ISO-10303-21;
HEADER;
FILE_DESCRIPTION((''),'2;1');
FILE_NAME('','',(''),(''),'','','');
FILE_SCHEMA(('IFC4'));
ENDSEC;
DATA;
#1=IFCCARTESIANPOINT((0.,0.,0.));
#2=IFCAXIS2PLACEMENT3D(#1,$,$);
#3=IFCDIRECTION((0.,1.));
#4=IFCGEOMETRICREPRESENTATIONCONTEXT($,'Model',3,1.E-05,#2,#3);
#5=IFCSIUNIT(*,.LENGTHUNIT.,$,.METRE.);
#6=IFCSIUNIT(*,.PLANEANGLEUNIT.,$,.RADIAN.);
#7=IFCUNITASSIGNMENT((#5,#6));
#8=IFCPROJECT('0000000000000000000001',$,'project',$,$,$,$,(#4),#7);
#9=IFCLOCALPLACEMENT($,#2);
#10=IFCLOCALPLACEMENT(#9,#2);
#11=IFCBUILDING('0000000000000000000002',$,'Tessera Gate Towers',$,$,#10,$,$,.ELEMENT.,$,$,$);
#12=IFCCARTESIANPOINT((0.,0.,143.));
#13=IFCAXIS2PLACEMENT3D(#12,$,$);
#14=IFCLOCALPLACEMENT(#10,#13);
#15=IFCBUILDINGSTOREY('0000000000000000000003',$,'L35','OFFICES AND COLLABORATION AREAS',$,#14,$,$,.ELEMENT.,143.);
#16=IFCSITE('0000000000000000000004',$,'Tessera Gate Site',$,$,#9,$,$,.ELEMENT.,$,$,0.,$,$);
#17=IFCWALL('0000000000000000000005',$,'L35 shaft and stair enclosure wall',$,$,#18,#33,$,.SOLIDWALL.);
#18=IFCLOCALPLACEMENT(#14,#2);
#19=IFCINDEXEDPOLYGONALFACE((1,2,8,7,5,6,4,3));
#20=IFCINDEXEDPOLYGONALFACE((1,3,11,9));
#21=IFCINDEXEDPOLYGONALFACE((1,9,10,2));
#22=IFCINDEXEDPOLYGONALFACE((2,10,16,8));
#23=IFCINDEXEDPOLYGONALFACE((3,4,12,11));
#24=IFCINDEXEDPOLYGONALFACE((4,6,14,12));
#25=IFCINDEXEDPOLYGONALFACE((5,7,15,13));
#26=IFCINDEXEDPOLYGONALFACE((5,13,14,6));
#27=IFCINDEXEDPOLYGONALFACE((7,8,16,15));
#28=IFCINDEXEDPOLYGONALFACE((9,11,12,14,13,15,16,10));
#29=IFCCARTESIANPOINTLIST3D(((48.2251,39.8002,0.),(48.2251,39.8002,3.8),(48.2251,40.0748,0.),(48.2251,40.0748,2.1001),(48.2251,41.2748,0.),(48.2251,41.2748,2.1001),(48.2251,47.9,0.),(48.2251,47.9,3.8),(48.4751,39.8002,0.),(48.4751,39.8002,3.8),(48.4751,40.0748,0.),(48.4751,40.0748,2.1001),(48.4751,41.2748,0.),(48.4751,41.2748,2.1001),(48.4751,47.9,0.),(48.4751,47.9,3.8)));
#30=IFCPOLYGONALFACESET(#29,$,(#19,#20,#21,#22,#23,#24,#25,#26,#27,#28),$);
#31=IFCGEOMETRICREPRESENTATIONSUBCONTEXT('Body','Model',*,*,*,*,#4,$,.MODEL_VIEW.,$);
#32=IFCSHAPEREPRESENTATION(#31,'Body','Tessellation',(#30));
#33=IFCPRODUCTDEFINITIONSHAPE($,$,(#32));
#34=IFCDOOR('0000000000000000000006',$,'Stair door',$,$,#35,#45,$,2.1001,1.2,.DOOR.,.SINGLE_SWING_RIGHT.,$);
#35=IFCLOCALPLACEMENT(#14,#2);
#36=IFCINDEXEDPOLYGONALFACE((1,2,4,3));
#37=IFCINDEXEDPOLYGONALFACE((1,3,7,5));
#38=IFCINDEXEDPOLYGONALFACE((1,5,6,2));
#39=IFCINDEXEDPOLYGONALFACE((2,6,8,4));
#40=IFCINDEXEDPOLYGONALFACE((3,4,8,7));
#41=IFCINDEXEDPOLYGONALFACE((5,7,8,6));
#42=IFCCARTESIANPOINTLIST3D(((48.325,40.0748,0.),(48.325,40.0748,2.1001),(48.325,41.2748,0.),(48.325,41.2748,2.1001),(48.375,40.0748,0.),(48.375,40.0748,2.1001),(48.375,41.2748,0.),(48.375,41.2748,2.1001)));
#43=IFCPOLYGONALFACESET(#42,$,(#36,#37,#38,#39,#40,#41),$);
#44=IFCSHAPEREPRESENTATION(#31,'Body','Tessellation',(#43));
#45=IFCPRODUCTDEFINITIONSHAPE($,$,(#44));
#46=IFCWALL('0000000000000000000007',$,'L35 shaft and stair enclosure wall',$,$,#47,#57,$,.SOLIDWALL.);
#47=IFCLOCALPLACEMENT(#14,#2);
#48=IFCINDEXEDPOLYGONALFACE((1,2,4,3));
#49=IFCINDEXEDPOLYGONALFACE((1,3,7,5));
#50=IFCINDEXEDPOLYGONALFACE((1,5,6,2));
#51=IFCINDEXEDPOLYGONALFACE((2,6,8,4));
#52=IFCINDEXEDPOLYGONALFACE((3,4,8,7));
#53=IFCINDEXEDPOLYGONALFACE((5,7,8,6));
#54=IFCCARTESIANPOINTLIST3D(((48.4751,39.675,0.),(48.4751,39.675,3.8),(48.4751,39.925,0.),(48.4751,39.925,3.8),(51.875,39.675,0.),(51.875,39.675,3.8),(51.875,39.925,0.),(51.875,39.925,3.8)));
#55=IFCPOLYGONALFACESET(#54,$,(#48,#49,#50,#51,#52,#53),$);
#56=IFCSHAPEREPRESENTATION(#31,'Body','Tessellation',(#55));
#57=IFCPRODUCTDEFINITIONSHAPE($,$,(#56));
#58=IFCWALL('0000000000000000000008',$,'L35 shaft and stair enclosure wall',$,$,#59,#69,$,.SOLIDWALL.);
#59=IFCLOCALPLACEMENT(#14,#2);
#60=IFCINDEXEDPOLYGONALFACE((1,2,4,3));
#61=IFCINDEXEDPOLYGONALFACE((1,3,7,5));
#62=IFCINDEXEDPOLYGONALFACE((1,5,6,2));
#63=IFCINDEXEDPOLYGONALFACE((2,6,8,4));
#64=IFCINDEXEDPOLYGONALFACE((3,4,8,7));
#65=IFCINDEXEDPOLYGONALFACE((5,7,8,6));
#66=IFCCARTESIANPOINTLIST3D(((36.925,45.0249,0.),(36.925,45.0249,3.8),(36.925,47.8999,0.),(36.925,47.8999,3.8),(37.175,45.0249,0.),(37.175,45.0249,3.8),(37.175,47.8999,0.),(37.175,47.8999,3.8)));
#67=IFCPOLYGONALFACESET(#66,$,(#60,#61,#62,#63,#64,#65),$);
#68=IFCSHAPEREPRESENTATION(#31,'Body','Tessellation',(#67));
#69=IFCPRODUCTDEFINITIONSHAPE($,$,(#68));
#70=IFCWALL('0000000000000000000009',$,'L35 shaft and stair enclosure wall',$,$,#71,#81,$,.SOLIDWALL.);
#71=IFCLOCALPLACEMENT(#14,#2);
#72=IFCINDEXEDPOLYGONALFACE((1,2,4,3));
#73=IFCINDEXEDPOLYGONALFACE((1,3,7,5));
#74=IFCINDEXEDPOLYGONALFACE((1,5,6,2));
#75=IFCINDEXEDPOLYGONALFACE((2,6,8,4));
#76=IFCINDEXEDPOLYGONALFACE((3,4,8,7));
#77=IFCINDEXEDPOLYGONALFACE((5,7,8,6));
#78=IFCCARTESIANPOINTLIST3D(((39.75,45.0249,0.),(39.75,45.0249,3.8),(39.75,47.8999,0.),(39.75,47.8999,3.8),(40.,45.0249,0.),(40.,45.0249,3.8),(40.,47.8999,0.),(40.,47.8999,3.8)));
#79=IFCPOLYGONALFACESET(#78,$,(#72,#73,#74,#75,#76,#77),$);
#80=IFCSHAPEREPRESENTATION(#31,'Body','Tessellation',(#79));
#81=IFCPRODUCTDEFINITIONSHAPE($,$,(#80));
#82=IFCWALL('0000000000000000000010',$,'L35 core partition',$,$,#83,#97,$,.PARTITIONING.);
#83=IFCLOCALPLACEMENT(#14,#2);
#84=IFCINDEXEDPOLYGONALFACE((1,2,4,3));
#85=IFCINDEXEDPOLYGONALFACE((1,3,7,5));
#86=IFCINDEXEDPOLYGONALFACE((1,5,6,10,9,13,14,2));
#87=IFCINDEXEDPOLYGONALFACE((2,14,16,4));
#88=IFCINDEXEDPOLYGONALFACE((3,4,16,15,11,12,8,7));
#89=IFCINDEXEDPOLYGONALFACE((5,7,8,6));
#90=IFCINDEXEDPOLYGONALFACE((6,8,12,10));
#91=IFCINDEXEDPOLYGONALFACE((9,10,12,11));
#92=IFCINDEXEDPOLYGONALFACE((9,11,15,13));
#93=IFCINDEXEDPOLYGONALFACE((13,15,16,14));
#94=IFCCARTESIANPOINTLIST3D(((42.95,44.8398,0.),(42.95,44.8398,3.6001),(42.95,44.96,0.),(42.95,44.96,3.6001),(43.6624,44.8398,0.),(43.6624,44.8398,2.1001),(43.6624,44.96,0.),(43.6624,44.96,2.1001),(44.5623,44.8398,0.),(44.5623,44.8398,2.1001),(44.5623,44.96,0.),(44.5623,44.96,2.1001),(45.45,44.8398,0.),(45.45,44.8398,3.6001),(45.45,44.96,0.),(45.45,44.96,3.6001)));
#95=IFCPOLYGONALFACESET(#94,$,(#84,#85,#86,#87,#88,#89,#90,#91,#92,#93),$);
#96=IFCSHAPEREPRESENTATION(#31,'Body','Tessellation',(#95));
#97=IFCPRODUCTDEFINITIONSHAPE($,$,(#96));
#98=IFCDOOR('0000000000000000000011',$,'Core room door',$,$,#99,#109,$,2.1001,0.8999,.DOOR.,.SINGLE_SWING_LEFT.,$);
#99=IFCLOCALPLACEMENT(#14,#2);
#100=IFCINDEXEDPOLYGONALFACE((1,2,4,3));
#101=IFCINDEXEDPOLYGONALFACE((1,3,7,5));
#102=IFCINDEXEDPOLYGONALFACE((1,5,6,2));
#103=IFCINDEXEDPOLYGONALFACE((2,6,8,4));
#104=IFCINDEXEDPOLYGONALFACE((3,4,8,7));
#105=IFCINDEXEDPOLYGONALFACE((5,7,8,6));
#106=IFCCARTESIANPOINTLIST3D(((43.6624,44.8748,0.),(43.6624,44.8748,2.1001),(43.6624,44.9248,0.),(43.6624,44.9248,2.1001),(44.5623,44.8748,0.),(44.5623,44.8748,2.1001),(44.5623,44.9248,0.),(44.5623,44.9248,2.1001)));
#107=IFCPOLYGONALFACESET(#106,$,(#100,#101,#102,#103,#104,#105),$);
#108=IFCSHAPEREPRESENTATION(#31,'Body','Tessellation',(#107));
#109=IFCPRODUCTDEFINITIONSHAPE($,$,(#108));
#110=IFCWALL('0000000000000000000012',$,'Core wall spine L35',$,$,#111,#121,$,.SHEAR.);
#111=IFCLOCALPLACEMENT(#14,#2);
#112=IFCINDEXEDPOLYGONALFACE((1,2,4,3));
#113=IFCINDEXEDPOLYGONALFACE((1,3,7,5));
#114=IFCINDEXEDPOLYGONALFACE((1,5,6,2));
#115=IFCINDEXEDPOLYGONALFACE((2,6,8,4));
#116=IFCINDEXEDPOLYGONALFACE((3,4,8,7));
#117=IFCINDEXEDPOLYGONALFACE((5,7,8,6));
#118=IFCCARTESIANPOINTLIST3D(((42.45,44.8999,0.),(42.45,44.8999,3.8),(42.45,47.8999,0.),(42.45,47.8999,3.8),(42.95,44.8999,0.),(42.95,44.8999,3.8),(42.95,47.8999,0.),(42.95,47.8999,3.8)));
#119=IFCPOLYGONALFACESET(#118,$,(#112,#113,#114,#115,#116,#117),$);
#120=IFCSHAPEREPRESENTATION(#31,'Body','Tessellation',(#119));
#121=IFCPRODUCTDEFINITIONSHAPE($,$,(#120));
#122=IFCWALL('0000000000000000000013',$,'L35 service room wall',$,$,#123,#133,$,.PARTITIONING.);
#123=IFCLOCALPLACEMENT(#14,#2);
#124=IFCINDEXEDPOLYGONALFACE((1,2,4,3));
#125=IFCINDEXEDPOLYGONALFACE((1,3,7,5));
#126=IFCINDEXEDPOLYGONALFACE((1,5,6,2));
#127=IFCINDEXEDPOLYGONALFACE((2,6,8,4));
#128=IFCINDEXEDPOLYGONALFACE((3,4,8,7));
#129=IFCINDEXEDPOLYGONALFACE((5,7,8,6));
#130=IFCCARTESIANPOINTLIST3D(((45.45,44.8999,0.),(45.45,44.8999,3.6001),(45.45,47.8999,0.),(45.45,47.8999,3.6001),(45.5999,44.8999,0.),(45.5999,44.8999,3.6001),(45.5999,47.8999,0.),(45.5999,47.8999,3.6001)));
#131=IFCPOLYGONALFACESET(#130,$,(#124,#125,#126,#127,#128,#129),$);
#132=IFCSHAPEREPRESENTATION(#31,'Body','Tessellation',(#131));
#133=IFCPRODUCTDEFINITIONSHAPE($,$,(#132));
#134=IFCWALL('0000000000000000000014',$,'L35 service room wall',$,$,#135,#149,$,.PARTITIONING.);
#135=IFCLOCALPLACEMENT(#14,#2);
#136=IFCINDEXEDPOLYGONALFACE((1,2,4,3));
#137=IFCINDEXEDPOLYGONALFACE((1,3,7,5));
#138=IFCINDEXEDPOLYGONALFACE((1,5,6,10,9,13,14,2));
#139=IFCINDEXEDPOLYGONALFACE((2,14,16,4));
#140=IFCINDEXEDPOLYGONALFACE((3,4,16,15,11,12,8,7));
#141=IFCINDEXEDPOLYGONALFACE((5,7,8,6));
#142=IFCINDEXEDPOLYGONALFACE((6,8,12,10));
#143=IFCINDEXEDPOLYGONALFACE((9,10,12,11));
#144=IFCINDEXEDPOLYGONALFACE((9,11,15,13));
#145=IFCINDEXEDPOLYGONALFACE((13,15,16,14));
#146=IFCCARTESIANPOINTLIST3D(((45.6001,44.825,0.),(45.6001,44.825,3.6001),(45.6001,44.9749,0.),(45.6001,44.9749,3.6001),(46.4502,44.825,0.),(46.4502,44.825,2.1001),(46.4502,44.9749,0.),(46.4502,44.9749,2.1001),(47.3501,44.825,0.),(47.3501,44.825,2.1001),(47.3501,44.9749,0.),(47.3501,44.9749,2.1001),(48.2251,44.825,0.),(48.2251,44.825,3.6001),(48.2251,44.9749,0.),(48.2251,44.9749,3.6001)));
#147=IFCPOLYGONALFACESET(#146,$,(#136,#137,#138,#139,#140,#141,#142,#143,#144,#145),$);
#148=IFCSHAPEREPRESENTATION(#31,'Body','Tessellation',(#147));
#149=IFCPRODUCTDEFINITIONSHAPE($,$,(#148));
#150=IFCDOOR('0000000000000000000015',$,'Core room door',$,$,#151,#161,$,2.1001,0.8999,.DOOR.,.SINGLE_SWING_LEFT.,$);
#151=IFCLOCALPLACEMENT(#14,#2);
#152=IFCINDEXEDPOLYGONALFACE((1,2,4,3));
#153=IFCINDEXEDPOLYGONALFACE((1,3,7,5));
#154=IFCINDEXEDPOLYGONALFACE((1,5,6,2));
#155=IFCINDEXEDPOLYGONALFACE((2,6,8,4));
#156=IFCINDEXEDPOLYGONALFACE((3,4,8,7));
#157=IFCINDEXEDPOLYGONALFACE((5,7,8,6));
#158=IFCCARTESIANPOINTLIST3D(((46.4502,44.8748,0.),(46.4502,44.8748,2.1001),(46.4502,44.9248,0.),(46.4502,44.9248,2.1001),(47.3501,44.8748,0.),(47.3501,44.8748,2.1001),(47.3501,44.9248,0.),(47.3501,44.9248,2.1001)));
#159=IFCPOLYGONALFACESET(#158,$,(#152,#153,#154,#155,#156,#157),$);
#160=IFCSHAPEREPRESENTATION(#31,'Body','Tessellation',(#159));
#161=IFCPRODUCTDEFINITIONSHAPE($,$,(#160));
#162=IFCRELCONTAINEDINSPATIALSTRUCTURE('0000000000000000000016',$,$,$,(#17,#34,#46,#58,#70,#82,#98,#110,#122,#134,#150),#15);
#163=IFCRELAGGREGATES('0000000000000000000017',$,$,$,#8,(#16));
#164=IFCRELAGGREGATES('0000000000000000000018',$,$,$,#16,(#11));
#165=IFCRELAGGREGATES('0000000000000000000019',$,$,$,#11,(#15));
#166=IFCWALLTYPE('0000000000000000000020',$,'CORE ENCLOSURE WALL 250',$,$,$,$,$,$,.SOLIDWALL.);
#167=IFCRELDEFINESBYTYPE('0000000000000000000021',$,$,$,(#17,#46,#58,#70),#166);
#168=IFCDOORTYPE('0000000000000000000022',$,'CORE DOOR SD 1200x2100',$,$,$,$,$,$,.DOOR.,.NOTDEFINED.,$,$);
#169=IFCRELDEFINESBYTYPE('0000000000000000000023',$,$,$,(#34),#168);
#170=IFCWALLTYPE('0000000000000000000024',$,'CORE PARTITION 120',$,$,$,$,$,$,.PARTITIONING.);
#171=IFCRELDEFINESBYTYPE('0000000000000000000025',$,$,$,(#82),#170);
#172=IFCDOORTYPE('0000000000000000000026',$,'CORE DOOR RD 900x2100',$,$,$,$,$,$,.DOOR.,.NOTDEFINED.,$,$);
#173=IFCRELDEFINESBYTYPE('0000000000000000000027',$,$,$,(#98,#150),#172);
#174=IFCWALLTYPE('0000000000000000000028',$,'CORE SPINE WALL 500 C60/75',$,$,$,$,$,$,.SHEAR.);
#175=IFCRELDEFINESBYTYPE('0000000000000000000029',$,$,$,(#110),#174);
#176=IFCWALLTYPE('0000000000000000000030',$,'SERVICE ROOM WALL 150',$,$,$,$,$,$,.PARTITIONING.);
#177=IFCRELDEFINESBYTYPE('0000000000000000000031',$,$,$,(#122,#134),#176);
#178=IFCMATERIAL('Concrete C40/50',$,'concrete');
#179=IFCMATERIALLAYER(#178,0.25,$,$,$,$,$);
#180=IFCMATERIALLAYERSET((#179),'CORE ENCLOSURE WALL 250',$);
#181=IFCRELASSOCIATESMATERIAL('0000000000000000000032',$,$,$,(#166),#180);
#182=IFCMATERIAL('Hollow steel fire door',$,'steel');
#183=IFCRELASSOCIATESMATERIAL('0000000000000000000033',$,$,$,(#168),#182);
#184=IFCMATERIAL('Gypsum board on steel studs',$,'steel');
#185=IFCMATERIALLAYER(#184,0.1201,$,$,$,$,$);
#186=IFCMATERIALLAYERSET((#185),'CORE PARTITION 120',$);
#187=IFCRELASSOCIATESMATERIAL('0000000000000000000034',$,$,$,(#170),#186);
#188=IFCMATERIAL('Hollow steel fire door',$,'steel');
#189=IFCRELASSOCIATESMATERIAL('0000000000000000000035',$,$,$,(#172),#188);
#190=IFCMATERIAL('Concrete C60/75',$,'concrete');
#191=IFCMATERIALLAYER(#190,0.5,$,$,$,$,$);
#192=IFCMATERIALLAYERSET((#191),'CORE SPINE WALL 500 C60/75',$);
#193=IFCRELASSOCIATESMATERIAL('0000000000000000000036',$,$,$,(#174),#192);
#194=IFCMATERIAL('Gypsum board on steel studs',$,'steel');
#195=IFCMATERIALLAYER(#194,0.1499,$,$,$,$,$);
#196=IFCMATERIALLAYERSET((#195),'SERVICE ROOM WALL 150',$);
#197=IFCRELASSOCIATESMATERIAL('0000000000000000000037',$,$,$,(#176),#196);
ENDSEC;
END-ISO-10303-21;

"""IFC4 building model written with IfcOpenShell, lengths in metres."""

from ifc_helpers import new_model, si_unit, direction, frame, frame_2d, origin, place, context, subcontext, project, spatial, rectangle, extrude, source, transform, mapped, material, layer, layer_set, type_object, element, fill, save


model = new_model("IFC4")

# Units and contexts
model_context = context("Model", 3, precision=1e-05, world=origin(), true_north=direction((0.0, 1.0)))
body_context = subcontext(model_context, "Body", "Model", "MODEL_VIEW")
ifc_project = project(units=[si_unit("LENGTHUNIT", "METRE"), si_unit("PLANEANGLEUNIT", "RADIAN")], contexts=[model_context])

# Site, building, storey
site_placement = place(None, origin())
site = spatial("IfcSite", under=ifc_project, at=site_placement, Name="Tessera Gate Site", CompositionType="ELEMENT", RefElevation=0.0)
building_placement = place(site_placement, origin())
building = spatial("IfcBuilding", under=site, at=building_placement, Name="Tessera Gate Towers", CompositionType="ELEMENT")
storey_placement = place(building_placement, frame((0.0, 0.0, 143.0)))
storey = spatial("IfcBuildingStorey", under=building, at=storey_placement, Name="L35", Description="OFFICES AND COLLABORATION AREAS", CompositionType="ELEMENT", Elevation=143.0)

# Shared definitions
ifc_material_1 = material(Name="Concrete C40/50", Category="concrete")
ifc_layer_1 = layer(ifc_material_1, 0.25)
ifc_layer_set_1 = layer_set([ifc_layer_1], Name="CORE ENCLOSURE WALL 250")
wall_type_1 = type_object("IfcWallType", Name="CORE ENCLOSURE WALL 250", PredefinedType="SOLIDWALL", material=ifc_layer_set_1)

# Wall, opening, door
wall_1_placement = place(storey_placement, frame((48.3501, 47.8999, 0.0), z_axis=(0.0, 0.0, 1.0), x_axis=(0.0, -1.0, 0.0)))
wall_1 = element("IfcWall", 1, at=wall_1_placement, inside=storey, type_object=wall_type_1, Name="L35 shaft and stair enclosure wall", PredefinedType="SOLIDWALL", context=body_context, shape_type="SweptSolid", body=[
    extrude(rectangle(XDim=8.0999, YDim=0.25, at=frame_2d((4.0498, 0.0))), origin(), (0.0, 0.0, 1.0), 3.8),
])
shared_shape_1 = source(origin(), body_context, "Body", "SweptSolid", [
    extrude(rectangle(XDim=1.2, YDim=2.1001, at=frame_2d((0.6001, 1.05))), frame((0.0, 0.135, 0.0), z_axis=(0.0, -1.0, 0.0), x_axis=(1.0, 0.0, 0.0)), (0.0, 0.0, 1.0), 0.27),
])
opening_1_placement = place(wall_1_placement, frame((6.625, 0.0, 0.0)))
opening_1 = element("IfcOpeningElement", 2, at=opening_1_placement, cuts=wall_1, PredefinedType="OPENING", context=body_context, shape_type="MappedRepresentation", body=[
    mapped(shared_shape_1, transform((0.0, 0.0, 0.0), scale=1.0)),
])
ifc_material_2 = material(Name="Hollow steel fire door", Category="steel")
door_type_1 = type_object("IfcDoorType", Name="CORE DOOR SD 1200x2100", OperationType="NOTDEFINED", PredefinedType="DOOR", material=ifc_material_2)
shared_shape_2 = source(origin(), body_context, "Body", "SweptSolid", [
    extrude(rectangle(XDim=1.2, YDim=2.1001, at=frame_2d((0.6001, 1.05))), frame((0.0, 0.0249, 0.0), z_axis=(0.0, -1.0, 0.0), x_axis=(1.0, 0.0, 0.0)), (0.0, 0.0, 1.0), 0.05),
])
door_1_placement = place(opening_1_placement, origin())
door_1 = element("IfcDoor", 3, at=door_1_placement, inside=storey, type_object=door_type_1, Name="Stair door", OperationType="SINGLE_SWING_RIGHT", OverallHeight=2.1001, OverallWidth=1.2, PredefinedType="DOOR", context=body_context, shape_type="MappedRepresentation", body=[
    mapped(shared_shape_2, transform((0.0, 0.0, 0.0), scale=1.0)),
])
fill(opening_1, door_1)

# Walls
wall_2_placement = place(storey_placement, frame((48.4751, 39.8, 0.0), z_axis=(0.0, 0.0, 1.0), x_axis=(1.0, 0.0, 0.0)))
element("IfcWall", 4, at=wall_2_placement, inside=storey, type_object=wall_type_1, Name="L35 shaft and stair enclosure wall", PredefinedType="SOLIDWALL", context=body_context, shape_type="SweptSolid", body=[
    extrude(rectangle(XDim=3.3999, YDim=0.25, at=frame_2d((1.7, 0.0))), origin(), (0.0, 0.0, 1.0), 3.8),
])
for number, where, z_axis, x_axis, name in (
    (5, (37.05, 45.0249, 0.0), (0.0, 0.0, 1.0), (0.0, 1.0, 0.0), "L35 shaft and stair enclosure wall"),
    (6, (39.875, 45.0249, 0.0), (0.0, 0.0, 1.0), (0.0, 1.0, 0.0), "L35 shaft and stair enclosure wall"),
):
    element("IfcWall", number, at=place(storey_placement, frame(where, z_axis=z_axis, x_axis=x_axis)), inside=storey, type_object=wall_type_1, Name=name, PredefinedType="SOLIDWALL", context=body_context, shape_type="SweptSolid", body=[
        extrude(rectangle(XDim=2.875, YDim=0.25, at=frame_2d((1.4375, 0.0))), origin(), (0.0, 0.0, 1.0), 3.8),
    ])

# Wall, opening, door
ifc_material_3 = material(Name="Gypsum board on steel studs", Category="steel")
ifc_layer_2 = layer(ifc_material_3, 0.1201)
ifc_layer_set_2 = layer_set([ifc_layer_2], Name="CORE PARTITION 120")
wall_type_2 = type_object("IfcWallType", Name="CORE PARTITION 120", PredefinedType="PARTITIONING", material=ifc_layer_set_2)
wall_3_placement = place(storey_placement, frame((42.95, 44.8999, 0.0), z_axis=(0.0, 0.0, 1.0), x_axis=(1.0, 0.0, 0.0)))
wall_3 = element("IfcWall", 7, at=wall_3_placement, inside=storey, type_object=wall_type_2, Name="L35 core partition", PredefinedType="PARTITIONING", context=body_context, shape_type="SweptSolid", body=[
    extrude(rectangle(XDim=2.5, YDim=0.1201, at=frame_2d((1.25, 0.0))), origin(), (0.0, 0.0, 1.0), 3.6001),
])
shared_shape_3 = source(origin(), body_context, "Body", "SweptSolid", [
    extrude(rectangle(XDim=0.8999, YDim=2.1001, at=frame_2d((0.45, 1.05))), frame((0.0, 0.0701, 0.0), z_axis=(0.0, -1.0, 0.0), x_axis=(1.0, 0.0, 0.0)), (0.0, 0.0, 1.0), 0.1401),
])
opening_2_placement = place(wall_3_placement, frame((0.7124, 0.0, 0.0)))
opening_2 = element("IfcOpeningElement", 8, at=opening_2_placement, cuts=wall_3, PredefinedType="OPENING", context=body_context, shape_type="MappedRepresentation", body=[
    mapped(shared_shape_3, transform((0.0, 0.0, 0.0), scale=1.0)),
])
ifc_material_4 = material(Name="Hollow steel fire door", Category="steel")
door_type_2 = type_object("IfcDoorType", Name="CORE DOOR RD 900x2100", OperationType="NOTDEFINED", PredefinedType="DOOR", material=ifc_material_4)
shared_shape_4 = source(origin(), body_context, "Body", "SweptSolid", [
    extrude(rectangle(XDim=0.8999, YDim=2.1001, at=frame_2d((0.45, 1.05))), frame((0.0, 0.0249, 0.0), z_axis=(0.0, -1.0, 0.0), x_axis=(1.0, 0.0, 0.0)), (0.0, 0.0, 1.0), 0.05),
])
door_2_placement = place(opening_2_placement, origin())
door_2 = element("IfcDoor", 9, at=door_2_placement, inside=storey, type_object=door_type_2, Name="Core room door", OperationType="SINGLE_SWING_LEFT", OverallHeight=2.1001, OverallWidth=0.8999, PredefinedType="DOOR", context=body_context, shape_type="MappedRepresentation", body=[
    mapped(shared_shape_4, transform((0.0, 0.0, 0.0), scale=1.0)),
])
fill(opening_2, door_2)

# Walls
ifc_material_5 = material(Name="Concrete C60/75", Category="concrete")
ifc_layer_3 = layer(ifc_material_5, 0.5)
ifc_layer_set_3 = layer_set([ifc_layer_3], Name="CORE SPINE WALL 500 C60/75")
wall_type_3 = type_object("IfcWallType", Name="CORE SPINE WALL 500 C60/75", PredefinedType="SHEAR", material=ifc_layer_set_3)
wall_4_placement = place(storey_placement, frame((42.7, 44.8999, 0.0), z_axis=(0.0, 0.0, 1.0), x_axis=(0.0, 1.0, 0.0)))
element("IfcWall", 10, at=wall_4_placement, inside=storey, type_object=wall_type_3, Name="Core wall spine L35", PredefinedType="SHEAR", context=body_context, shape_type="SweptSolid", body=[
    extrude(rectangle(XDim=3.0, YDim=0.5, at=frame_2d((1.5, 0.0))), origin(), (0.0, 0.0, 1.0), 3.8),
])
ifc_material_6 = material(Name="Gypsum board on steel studs", Category="steel")
ifc_layer_4 = layer(ifc_material_6, 0.1499)
ifc_layer_set_4 = layer_set([ifc_layer_4], Name="SERVICE ROOM WALL 150")
wall_type_4 = type_object("IfcWallType", Name="SERVICE ROOM WALL 150", PredefinedType="PARTITIONING", material=ifc_layer_set_4)
wall_5_placement = place(storey_placement, frame((45.5249, 44.8999, 0.0), z_axis=(0.0, 0.0, 1.0), x_axis=(0.0, 1.0, 0.0)))
element("IfcWall", 11, at=wall_5_placement, inside=storey, type_object=wall_type_4, Name="L35 service room wall", PredefinedType="PARTITIONING", context=body_context, shape_type="SweptSolid", body=[
    extrude(rectangle(XDim=3.0, YDim=0.1499, at=frame_2d((1.5, 0.0))), origin(), (0.0, 0.0, 1.0), 3.6001),
])

# Wall, opening, door
wall_6_placement = place(storey_placement, frame((45.6001, 44.8999, 0.0), z_axis=(0.0, 0.0, 1.0), x_axis=(1.0, 0.0, 0.0)))
wall_6 = element("IfcWall", 12, at=wall_6_placement, inside=storey, type_object=wall_type_4, Name="L35 service room wall", PredefinedType="PARTITIONING", context=body_context, shape_type="SweptSolid", body=[
    extrude(rectangle(XDim=2.625, YDim=0.1499, at=frame_2d((1.3125, 0.0))), origin(), (0.0, 0.0, 1.0), 3.6001),
])
shared_shape_5 = source(origin(), body_context, "Body", "SweptSolid", [
    extrude(rectangle(XDim=0.8999, YDim=2.1001, at=frame_2d((0.45, 1.05))), frame((0.0, 0.085, 0.0), z_axis=(0.0, -1.0, 0.0), x_axis=(1.0, 0.0, 0.0)), (0.0, 0.0, 1.0), 0.1699),
])
opening_3_placement = place(wall_6_placement, frame((0.8501, 0.0, 0.0)))
opening_3 = element("IfcOpeningElement", 13, at=opening_3_placement, cuts=wall_6, PredefinedType="OPENING", context=body_context, shape_type="MappedRepresentation", body=[
    mapped(shared_shape_5, transform((0.0, 0.0, 0.0), scale=1.0)),
])
door_3_placement = place(opening_3_placement, origin())
door_3 = element("IfcDoor", 14, at=door_3_placement, inside=storey, type_object=door_type_2, Name="Core room door", OperationType="SINGLE_SWING_LEFT", OverallHeight=2.1001, OverallWidth=0.8999, PredefinedType="DOOR", context=body_context, shape_type="MappedRepresentation", body=[
    mapped(shared_shape_4, transform((0.0, 0.0, 0.0), scale=1.0)),
])
fill(opening_3, door_3)

save(model, "model.ifc")
